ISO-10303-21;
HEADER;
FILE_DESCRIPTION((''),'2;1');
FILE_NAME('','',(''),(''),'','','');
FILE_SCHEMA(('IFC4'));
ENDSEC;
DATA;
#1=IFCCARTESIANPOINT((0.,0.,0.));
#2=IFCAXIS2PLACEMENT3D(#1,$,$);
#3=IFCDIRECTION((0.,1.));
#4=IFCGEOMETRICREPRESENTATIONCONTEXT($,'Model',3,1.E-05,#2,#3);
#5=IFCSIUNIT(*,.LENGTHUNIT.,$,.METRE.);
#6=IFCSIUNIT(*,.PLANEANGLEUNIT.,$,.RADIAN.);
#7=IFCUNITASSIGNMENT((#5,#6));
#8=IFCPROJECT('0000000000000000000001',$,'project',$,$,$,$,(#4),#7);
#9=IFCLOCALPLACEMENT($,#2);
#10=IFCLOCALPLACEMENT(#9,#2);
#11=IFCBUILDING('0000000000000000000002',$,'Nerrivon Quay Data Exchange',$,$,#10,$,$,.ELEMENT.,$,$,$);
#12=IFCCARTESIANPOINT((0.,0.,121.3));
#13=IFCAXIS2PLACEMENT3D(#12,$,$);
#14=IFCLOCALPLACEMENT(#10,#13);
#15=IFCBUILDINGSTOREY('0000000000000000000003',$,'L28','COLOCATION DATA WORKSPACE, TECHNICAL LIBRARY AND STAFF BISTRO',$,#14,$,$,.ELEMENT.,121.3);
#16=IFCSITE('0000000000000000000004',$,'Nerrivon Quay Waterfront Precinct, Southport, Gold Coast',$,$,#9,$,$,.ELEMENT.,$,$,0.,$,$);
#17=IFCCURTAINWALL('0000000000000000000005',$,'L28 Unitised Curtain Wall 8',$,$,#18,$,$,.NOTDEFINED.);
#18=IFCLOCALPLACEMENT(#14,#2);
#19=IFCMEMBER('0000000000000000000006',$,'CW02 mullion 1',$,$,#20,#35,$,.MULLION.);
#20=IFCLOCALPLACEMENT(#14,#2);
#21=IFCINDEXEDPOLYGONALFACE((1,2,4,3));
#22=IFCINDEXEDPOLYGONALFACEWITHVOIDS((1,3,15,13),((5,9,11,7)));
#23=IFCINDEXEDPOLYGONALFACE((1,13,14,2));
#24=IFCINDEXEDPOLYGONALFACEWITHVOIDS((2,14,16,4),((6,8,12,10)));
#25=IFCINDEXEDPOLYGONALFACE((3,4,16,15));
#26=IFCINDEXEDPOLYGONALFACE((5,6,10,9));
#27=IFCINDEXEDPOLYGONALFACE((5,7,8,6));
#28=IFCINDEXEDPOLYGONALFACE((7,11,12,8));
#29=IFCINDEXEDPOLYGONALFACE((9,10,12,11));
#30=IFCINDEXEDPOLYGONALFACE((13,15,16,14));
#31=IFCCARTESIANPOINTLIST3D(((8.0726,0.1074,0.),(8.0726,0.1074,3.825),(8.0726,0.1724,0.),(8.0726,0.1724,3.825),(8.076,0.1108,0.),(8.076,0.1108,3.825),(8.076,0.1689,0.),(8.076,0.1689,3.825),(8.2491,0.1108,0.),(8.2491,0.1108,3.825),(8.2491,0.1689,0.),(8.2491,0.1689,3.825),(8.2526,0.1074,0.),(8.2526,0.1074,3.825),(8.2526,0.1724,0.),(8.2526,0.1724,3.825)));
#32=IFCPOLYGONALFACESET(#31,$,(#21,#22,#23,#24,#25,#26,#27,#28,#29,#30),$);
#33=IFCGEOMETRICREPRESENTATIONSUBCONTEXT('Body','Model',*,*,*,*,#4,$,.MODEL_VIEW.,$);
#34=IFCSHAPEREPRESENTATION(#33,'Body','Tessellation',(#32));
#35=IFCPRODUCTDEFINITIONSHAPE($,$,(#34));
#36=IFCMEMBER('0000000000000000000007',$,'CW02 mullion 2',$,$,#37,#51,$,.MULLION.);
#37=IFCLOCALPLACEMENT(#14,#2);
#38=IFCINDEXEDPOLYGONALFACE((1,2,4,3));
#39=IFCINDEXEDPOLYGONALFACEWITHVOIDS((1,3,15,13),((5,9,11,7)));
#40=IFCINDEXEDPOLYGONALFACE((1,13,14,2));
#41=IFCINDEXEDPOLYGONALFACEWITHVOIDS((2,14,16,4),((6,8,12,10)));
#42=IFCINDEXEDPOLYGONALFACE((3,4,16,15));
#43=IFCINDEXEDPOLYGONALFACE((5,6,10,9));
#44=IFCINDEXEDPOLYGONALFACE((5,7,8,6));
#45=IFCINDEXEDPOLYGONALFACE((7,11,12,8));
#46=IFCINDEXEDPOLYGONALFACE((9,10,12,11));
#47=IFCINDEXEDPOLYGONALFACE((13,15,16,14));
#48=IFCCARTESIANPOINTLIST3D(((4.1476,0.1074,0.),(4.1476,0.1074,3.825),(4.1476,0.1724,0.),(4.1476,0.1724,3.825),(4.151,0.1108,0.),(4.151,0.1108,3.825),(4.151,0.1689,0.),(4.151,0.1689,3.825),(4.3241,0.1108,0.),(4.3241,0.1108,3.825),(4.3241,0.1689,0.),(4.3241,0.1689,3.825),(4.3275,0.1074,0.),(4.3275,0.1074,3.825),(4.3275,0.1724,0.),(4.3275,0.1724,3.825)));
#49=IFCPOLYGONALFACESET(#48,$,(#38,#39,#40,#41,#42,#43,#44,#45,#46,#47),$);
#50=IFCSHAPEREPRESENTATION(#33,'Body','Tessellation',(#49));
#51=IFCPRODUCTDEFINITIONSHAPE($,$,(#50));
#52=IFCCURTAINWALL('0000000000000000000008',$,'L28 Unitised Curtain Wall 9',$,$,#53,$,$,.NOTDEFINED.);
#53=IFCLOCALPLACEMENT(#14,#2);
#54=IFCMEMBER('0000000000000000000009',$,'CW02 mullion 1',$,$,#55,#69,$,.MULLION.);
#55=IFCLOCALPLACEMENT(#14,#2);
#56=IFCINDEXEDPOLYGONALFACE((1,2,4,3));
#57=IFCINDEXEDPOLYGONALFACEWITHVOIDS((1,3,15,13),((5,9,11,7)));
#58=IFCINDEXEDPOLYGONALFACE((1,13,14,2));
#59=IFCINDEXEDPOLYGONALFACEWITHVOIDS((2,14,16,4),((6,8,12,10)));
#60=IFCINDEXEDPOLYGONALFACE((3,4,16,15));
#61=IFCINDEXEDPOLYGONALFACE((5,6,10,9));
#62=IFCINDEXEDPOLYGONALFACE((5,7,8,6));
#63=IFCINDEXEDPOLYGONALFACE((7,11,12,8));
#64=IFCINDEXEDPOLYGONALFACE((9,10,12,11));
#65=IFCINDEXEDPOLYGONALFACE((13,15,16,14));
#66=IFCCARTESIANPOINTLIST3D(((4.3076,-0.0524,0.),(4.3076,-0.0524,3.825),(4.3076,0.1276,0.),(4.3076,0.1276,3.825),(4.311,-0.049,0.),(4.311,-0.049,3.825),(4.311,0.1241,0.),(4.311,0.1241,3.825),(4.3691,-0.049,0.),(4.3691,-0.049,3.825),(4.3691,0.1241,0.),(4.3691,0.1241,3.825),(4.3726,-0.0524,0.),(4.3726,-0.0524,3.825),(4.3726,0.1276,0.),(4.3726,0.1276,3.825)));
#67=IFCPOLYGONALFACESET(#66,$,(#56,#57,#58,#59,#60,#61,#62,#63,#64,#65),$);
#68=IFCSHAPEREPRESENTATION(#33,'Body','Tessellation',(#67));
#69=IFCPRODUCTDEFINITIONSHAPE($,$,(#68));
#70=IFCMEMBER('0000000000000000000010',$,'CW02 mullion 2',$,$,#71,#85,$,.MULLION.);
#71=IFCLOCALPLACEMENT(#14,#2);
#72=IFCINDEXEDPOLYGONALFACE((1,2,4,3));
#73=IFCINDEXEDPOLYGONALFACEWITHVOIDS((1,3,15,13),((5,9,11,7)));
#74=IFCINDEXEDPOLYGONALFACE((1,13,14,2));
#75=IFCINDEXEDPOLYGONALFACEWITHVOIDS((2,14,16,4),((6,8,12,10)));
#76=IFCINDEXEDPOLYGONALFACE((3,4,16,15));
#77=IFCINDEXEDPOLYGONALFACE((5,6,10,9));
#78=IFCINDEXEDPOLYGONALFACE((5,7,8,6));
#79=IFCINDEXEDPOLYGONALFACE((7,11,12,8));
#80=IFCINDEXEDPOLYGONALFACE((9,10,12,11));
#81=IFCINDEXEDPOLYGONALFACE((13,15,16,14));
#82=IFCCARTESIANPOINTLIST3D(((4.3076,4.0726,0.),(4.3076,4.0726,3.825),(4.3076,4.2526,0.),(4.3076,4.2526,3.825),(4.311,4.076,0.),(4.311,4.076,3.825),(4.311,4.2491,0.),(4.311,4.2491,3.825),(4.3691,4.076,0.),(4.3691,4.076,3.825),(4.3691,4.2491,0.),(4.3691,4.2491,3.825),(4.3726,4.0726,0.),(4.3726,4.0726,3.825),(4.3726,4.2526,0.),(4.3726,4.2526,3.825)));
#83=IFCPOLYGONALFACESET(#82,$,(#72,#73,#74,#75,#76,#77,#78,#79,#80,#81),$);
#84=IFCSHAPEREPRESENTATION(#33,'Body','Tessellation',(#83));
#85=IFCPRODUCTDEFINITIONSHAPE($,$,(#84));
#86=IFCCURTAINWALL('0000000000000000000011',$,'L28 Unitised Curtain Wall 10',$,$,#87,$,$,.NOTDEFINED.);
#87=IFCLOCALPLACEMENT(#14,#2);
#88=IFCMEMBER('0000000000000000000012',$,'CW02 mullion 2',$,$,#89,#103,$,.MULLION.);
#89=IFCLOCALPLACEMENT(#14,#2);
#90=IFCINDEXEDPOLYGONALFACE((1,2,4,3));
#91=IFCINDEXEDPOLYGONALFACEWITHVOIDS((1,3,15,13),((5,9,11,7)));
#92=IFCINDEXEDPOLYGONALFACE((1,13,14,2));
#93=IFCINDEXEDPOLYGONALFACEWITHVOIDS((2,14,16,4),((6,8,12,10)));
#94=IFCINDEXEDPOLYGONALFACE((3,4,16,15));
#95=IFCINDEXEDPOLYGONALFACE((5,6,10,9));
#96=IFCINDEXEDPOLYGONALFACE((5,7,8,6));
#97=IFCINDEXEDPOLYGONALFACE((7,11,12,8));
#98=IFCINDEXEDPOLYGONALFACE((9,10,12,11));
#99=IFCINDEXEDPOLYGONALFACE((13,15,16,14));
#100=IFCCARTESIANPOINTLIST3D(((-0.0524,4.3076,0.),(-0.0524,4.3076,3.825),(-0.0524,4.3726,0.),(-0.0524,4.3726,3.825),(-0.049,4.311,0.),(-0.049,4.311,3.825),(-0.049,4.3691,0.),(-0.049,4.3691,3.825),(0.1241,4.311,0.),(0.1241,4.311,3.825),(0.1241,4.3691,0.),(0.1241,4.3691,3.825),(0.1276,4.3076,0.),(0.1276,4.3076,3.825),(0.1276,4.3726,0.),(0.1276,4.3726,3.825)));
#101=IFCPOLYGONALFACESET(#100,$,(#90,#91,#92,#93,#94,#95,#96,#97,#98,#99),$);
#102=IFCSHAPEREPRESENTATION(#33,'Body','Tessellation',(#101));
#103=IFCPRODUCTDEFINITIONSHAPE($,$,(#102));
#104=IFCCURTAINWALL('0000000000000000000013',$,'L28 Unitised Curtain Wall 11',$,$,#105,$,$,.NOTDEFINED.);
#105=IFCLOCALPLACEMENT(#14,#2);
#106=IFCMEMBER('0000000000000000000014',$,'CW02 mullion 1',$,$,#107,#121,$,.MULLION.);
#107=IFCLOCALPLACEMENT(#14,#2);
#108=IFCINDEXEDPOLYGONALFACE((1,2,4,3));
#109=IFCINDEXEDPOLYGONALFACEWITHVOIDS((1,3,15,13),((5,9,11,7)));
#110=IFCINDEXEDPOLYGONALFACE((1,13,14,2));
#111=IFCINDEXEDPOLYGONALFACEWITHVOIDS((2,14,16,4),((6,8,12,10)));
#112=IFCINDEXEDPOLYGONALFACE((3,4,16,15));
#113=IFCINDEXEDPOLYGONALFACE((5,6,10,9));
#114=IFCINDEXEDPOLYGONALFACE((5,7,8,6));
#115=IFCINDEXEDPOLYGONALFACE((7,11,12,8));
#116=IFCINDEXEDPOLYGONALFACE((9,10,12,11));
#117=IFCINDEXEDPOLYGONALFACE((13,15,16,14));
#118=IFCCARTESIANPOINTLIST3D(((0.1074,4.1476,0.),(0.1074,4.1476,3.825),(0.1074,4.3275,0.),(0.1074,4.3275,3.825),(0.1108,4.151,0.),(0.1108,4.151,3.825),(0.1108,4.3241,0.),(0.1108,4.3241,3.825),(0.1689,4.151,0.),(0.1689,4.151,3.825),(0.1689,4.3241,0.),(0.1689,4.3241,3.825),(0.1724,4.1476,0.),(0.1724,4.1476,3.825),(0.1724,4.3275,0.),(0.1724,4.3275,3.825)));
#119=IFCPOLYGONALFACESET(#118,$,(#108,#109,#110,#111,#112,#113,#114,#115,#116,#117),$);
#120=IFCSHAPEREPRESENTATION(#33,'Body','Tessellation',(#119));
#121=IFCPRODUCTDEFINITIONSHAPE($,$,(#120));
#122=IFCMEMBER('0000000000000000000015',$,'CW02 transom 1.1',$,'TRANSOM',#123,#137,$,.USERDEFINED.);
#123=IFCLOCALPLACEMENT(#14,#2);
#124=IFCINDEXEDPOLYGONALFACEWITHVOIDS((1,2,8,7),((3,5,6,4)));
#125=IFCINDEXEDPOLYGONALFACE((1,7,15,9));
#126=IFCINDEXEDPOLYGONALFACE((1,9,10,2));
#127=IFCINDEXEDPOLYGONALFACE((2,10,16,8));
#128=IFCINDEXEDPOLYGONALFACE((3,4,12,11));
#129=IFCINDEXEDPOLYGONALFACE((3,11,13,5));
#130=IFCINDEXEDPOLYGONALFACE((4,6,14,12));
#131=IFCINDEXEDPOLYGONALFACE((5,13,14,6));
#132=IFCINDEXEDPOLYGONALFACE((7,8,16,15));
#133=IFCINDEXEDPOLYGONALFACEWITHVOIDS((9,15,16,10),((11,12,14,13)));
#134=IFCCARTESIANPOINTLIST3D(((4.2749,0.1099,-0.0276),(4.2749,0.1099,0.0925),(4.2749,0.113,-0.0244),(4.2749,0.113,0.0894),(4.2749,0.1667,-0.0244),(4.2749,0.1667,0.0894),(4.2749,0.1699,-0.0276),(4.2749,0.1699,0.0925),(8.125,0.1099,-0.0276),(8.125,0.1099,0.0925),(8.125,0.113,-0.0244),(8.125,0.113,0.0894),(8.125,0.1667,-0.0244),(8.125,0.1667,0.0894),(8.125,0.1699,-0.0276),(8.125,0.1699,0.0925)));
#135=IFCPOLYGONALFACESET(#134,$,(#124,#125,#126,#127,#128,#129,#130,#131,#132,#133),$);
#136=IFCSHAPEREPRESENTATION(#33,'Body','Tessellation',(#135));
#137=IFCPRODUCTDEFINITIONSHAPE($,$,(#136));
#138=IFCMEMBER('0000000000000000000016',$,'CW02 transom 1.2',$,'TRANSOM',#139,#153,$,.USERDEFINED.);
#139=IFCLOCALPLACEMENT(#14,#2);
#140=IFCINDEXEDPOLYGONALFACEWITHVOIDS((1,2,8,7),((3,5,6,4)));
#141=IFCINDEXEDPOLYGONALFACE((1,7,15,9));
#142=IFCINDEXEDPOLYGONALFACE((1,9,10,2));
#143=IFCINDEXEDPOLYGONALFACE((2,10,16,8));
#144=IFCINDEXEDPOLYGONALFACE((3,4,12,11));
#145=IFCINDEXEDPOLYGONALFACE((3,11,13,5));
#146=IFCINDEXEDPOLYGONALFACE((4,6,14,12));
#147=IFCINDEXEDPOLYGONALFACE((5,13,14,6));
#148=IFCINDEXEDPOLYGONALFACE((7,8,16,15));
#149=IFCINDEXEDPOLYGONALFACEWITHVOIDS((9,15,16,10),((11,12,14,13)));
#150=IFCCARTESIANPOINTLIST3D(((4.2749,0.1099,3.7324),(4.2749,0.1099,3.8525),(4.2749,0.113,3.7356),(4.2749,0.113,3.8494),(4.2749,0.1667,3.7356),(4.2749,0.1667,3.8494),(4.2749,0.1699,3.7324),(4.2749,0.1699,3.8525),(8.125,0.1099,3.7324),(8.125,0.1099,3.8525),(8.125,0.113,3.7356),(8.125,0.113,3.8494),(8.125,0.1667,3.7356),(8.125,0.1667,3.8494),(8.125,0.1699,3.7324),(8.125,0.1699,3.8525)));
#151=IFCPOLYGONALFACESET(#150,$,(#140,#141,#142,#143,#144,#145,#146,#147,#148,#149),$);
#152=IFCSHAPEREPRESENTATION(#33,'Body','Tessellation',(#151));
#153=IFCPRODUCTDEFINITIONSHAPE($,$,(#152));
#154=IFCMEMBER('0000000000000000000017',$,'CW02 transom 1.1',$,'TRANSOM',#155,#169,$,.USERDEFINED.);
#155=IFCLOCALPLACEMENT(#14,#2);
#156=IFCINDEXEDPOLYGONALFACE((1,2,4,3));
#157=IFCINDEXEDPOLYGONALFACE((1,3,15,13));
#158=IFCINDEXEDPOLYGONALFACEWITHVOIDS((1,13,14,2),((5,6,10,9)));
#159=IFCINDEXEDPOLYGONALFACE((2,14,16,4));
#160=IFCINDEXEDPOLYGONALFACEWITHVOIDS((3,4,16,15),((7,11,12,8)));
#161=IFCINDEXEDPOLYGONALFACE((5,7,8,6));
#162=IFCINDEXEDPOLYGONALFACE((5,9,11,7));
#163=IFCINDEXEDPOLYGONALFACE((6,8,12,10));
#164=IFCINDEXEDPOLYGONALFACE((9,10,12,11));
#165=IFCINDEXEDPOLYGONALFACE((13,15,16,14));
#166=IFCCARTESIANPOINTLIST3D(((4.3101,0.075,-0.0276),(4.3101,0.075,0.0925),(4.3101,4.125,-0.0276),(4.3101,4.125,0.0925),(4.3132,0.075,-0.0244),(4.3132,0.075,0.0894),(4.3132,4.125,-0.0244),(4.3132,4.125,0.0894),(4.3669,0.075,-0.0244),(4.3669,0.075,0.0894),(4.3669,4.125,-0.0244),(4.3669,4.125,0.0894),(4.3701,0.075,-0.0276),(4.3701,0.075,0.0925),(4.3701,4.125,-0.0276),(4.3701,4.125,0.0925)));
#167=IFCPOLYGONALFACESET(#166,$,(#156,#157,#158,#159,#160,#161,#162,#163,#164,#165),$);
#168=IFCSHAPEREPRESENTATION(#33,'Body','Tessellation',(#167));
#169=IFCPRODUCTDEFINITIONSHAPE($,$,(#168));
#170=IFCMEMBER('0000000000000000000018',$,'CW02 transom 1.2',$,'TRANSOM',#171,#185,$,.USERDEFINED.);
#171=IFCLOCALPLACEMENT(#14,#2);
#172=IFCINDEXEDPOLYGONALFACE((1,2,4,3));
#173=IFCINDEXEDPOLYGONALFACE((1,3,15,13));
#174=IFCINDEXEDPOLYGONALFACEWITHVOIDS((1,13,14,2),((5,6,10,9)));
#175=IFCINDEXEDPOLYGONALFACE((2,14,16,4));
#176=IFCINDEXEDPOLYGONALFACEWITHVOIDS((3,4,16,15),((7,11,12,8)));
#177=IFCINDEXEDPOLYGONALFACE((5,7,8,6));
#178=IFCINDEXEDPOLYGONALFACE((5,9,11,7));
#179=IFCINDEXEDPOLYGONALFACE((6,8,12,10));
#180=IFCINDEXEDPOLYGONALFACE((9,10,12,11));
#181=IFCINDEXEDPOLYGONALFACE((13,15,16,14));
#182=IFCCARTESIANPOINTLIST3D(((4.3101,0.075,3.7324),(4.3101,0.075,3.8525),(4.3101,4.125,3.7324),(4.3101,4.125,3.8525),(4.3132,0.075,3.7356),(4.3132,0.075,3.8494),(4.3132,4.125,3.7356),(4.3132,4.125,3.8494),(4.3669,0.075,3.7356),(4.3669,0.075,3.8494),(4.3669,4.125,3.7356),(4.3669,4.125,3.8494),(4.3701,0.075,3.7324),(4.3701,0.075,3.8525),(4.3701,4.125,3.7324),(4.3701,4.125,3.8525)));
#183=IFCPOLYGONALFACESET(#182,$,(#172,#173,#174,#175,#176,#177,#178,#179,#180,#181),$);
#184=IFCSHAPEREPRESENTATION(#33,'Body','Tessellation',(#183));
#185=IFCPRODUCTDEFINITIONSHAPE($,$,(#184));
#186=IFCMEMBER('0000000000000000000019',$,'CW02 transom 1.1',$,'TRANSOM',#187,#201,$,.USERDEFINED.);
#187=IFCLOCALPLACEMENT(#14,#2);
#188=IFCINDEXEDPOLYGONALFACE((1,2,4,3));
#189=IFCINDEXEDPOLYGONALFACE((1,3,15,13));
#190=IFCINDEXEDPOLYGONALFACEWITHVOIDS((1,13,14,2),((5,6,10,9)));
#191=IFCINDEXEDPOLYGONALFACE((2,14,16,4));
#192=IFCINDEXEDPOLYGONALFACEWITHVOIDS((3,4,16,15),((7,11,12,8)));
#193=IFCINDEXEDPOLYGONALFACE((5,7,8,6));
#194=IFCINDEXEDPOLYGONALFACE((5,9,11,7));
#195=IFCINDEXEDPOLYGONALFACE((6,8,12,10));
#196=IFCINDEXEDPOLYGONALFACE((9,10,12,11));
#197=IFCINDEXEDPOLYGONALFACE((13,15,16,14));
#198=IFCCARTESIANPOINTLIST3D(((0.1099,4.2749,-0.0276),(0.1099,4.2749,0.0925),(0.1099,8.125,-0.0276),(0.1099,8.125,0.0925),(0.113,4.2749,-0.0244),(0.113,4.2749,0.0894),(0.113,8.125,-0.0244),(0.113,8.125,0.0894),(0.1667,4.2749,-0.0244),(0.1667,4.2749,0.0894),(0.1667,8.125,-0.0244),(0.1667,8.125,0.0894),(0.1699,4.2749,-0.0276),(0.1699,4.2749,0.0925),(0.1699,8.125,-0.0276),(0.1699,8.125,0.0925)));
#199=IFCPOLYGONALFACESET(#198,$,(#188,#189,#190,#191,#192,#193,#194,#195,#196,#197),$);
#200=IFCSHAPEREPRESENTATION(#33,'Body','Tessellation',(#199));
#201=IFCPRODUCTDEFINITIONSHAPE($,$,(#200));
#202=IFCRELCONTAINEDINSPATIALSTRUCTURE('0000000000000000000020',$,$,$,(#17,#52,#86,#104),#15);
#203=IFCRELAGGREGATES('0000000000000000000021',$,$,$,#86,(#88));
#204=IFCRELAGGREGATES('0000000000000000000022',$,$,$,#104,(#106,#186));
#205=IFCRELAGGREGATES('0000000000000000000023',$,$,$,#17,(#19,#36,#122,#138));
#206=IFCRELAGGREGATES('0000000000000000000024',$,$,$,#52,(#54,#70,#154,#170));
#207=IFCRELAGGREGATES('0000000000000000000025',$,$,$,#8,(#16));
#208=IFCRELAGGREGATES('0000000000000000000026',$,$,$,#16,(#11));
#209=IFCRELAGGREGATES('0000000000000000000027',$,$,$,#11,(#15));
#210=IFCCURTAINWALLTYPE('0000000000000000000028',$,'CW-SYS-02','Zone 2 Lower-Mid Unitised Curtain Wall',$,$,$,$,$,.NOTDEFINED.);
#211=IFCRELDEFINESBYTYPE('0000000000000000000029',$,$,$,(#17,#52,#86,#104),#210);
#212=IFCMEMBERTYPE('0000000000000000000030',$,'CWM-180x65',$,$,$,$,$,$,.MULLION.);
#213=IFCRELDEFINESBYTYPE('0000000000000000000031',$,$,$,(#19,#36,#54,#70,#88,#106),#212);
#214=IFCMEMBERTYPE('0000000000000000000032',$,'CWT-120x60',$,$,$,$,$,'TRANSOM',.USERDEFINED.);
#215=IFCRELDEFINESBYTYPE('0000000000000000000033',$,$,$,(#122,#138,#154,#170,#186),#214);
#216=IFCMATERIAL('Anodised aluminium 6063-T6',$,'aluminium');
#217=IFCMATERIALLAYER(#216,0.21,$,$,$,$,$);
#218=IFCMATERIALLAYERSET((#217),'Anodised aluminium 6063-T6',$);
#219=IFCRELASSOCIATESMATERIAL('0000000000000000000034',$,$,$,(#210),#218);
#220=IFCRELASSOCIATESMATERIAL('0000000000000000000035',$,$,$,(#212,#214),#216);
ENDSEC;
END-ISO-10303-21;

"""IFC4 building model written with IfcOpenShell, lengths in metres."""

from ifc_helpers import new_model, si_unit, direction, frame, origin, origin_2d, place, context, subcontext, project, spatial, hollow_rectangle, extrude, material, layer, layer_set, material_profile, profile_set, type_object, element, aggregate, save


model = new_model("IFC4")

# Units and contexts
model_context = context("Model", 3, precision=1e-05, world=origin(), true_north=direction((0.0, 1.0)))
body_context = subcontext(model_context, "Body", "Model", "MODEL_VIEW")
ifc_project = project(units=[si_unit("LENGTHUNIT", "METRE"), si_unit("PLANEANGLEUNIT", "RADIAN")], contexts=[model_context])

# Site, building, storey
site_placement = place(None, origin())
site = spatial("IfcSite", under=ifc_project, at=site_placement, Name="Nerrivon Quay Waterfront Precinct, Southport, Gold Coast", CompositionType="ELEMENT", RefElevation=0.0)
building_placement = place(site_placement, origin())
building = spatial("IfcBuilding", under=site, at=building_placement, Name="Nerrivon Quay Data Exchange", CompositionType="ELEMENT")
storey_placement = place(building_placement, frame((0.0, 0.0, 121.3)))
storey = spatial("IfcBuildingStorey", under=building, at=storey_placement, Name="L28", Description="COLOCATION DATA WORKSPACE, TECHNICAL LIBRARY AND STAFF BISTRO", CompositionType="ELEMENT", Elevation=121.3)

# Curtain walls, members
ifc_material_1 = material(Name="Anodised aluminium 6063-T6", Category="aluminium")
ifc_layer_1 = layer(ifc_material_1, 0.21)
ifc_layer_set_1 = layer_set([ifc_layer_1], Name="Anodised aluminium 6063-T6")
curtain_wall_type = type_object("IfcCurtainWallType", Name="CW-SYS-02", Description="Zone 2 Lower-Mid Unitised Curtain Wall", PredefinedType="NOTDEFINED", material=ifc_layer_set_1)
curtain_wall_1_placement = place(storey_placement, origin())
curtain_wall_1 = element("IfcCurtainWall", 1, at=curtain_wall_1_placement, inside=storey, type_object=curtain_wall_type, Name="L28 Unitised Curtain Wall 8", PredefinedType="NOTDEFINED")
ifc_material_profile_1 = material_profile(ifc_material_1, hollow_rectangle(XDim=0.0649, YDim=0.1799, WallThickness=0.0034, at=origin_2d()), Name="ALU-MULL-180x65")
ifc_profile_set_1 = profile_set([ifc_material_profile_1], Name="Anodised aluminium 6063-T6")
member_type_1 = type_object("IfcMemberType", Name="CWM-180x65", PredefinedType="MULLION", material=ifc_profile_set_1)
member_1_placement = place(storey_placement, frame((8.1626, 0.1399, 0.0), z_axis=(0.0, 0.0, 1.0), x_axis=(0.0, -1.0, 0.0)))
member_1 = element("IfcMember", 2, at=member_1_placement, type_object=member_type_1, Name="CW02 mullion 1", PredefinedType="MULLION", context=body_context, shape_type="SweptSolid", body=[
    extrude(hollow_rectangle(XDim=0.0649, YDim=0.1799, WallThickness=0.0034, at=origin_2d()), origin(), (0.0, 0.0, 1.0), 3.825),
])
member_2_placement = place(storey_placement, frame((4.2375, 0.1399, 0.0), z_axis=(0.0, 0.0, 1.0), x_axis=(0.0, -1.0, 0.0)))
member_2 = element("IfcMember", 3, at=member_2_placement, type_object=member_type_1, Name="CW02 mullion 2", PredefinedType="MULLION", context=body_context, shape_type="SweptSolid", body=[
    extrude(hollow_rectangle(XDim=0.0649, YDim=0.1799, WallThickness=0.0034, at=origin_2d()), origin(), (0.0, 0.0, 1.0), 3.825),
])
curtain_wall_2_placement = place(storey_placement, origin())
curtain_wall_2 = element("IfcCurtainWall", 4, at=curtain_wall_2_placement, inside=storey, type_object=curtain_wall_type, Name="L28 Unitised Curtain Wall 9", PredefinedType="NOTDEFINED")
member_3_placement = place(storey_placement, frame((4.3401, 0.0376, 0.0), z_axis=(0.0, 0.0, 1.0), x_axis=(-1.0, 0.0, 0.0)))
member_3 = element("IfcMember", 5, at=member_3_placement, type_object=member_type_1, Name="CW02 mullion 1", PredefinedType="MULLION", context=body_context, shape_type="SweptSolid", body=[
    extrude(hollow_rectangle(XDim=0.0649, YDim=0.1799, WallThickness=0.0034, at=origin_2d()), origin(), (0.0, 0.0, 1.0), 3.825),
])
member_4_placement = place(storey_placement, frame((4.3401, 4.1626, 0.0), z_axis=(0.0, 0.0, 1.0), x_axis=(-1.0, 0.0, 0.0)))
member_4 = element("IfcMember", 6, at=member_4_placement, type_object=member_type_1, Name="CW02 mullion 2", PredefinedType="MULLION", context=body_context, shape_type="SweptSolid", body=[
    extrude(hollow_rectangle(XDim=0.0649, YDim=0.1799, WallThickness=0.0034, at=origin_2d()), origin(), (0.0, 0.0, 1.0), 3.825),
])

# Curtain walls, members
curtain_wall_3_placement = place(storey_placement, origin())
curtain_wall_3 = element("IfcCurtainWall", 7, at=curtain_wall_3_placement, inside=storey, type_object=curtain_wall_type, Name="L28 Unitised Curtain Wall 10", PredefinedType="NOTDEFINED")
member_5_placement = place(storey_placement, frame((0.0376, 4.3401, 0.0), z_axis=(0.0, 0.0, 1.0), x_axis=(0.0, -1.0, 0.0)))
member_5 = element("IfcMember", 8, at=member_5_placement, type_object=member_type_1, Name="CW02 mullion 2", PredefinedType="MULLION", context=body_context, shape_type="SweptSolid", body=[
    extrude(hollow_rectangle(XDim=0.0649, YDim=0.1799, WallThickness=0.0034, at=origin_2d()), origin(), (0.0, 0.0, 1.0), 3.825),
])
aggregate(curtain_wall_3, [member_5])
curtain_wall_4_placement = place(storey_placement, origin())
curtain_wall_4 = element("IfcCurtainWall", 9, at=curtain_wall_4_placement, inside=storey, type_object=curtain_wall_type, Name="L28 Unitised Curtain Wall 11", PredefinedType="NOTDEFINED")
member_6_placement = place(storey_placement, frame((0.1399, 4.2375, 0.0), z_axis=(0.0, 0.0, 1.0), x_axis=(-1.0, 0.0, 0.0)))
member_6 = element("IfcMember", 10, at=member_6_placement, type_object=member_type_1, Name="CW02 mullion 1", PredefinedType="MULLION", context=body_context, shape_type="SweptSolid", body=[
    extrude(hollow_rectangle(XDim=0.0649, YDim=0.1799, WallThickness=0.0034, at=origin_2d()), origin(), (0.0, 0.0, 1.0), 3.825),
])

# Members
ifc_material_profile_2 = material_profile(ifc_material_1, hollow_rectangle(XDim=0.0601, YDim=0.1201, WallThickness=0.0032, at=origin_2d()), Name="ALU-TRAN-120x60")
ifc_profile_set_2 = profile_set([ifc_material_profile_2], Name="Anodised aluminium 6063-T6")
member_type_2 = type_object("IfcMemberType", Name="CWT-120x60", ElementType="TRANSOM", PredefinedType="USERDEFINED", material=ifc_profile_set_2)
member_7_placement = place(storey_placement, frame((8.125, 0.1399, 0.0325), z_axis=(-1.0, 0.0, 0.0), x_axis=(0.0, -1.0, 0.0)))
member_7 = element("IfcMember", 11, at=member_7_placement, type_object=member_type_2, Name="CW02 transom 1.1", ObjectType="TRANSOM", PredefinedType="USERDEFINED", context=body_context, shape_type="SweptSolid", body=[
    extrude(hollow_rectangle(XDim=0.0601, YDim=0.1201, WallThickness=0.0032, at=origin_2d()), origin(), (0.0, 0.0, 1.0), 3.8501),
])
member_8_placement = place(storey_placement, frame((8.125, 0.1399, 3.7925), z_axis=(-1.0, 0.0, 0.0), x_axis=(0.0, -1.0, 0.0)))
member_8 = element("IfcMember", 12, at=member_8_placement, type_object=member_type_2, Name="CW02 transom 1.2", ObjectType="TRANSOM", PredefinedType="USERDEFINED", context=body_context, shape_type="SweptSolid", body=[
    extrude(hollow_rectangle(XDim=0.0601, YDim=0.1201, WallThickness=0.0032, at=origin_2d()), origin(), (0.0, 0.0, 1.0), 3.8501),
])
member_9_placement = place(storey_placement, frame((4.3401, 0.075, 0.0325), z_axis=(0.0, 1.0, 0.0), x_axis=(-1.0, 0.0, 0.0)))
member_9 = element("IfcMember", 13, at=member_9_placement, type_object=member_type_2, Name="CW02 transom 1.1", ObjectType="TRANSOM", PredefinedType="USERDEFINED", context=body_context, shape_type="SweptSolid", body=[
    extrude(hollow_rectangle(XDim=0.0601, YDim=0.1201, WallThickness=0.0032, at=origin_2d()), origin(), (0.0, 0.0, 1.0), 4.05),
])
member_10_placement = place(storey_placement, frame((4.3401, 0.075, 3.7925), z_axis=(0.0, 1.0, 0.0), x_axis=(-1.0, 0.0, 0.0)))
member_10 = element("IfcMember", 14, at=member_10_placement, type_object=member_type_2, Name="CW02 transom 1.2", ObjectType="TRANSOM", PredefinedType="USERDEFINED", context=body_context, shape_type="SweptSolid", body=[
    extrude(hollow_rectangle(XDim=0.0601, YDim=0.1201, WallThickness=0.0032, at=origin_2d()), origin(), (0.0, 0.0, 1.0), 4.05),
])
member_11_placement = place(storey_placement, frame((0.1399, 4.2749, 0.0325), z_axis=(0.0, 1.0, 0.0), x_axis=(-1.0, 0.0, 0.0)))
member_11 = element("IfcMember", 15, at=member_11_placement, type_object=member_type_2, Name="CW02 transom 1.1", ObjectType="TRANSOM", PredefinedType="USERDEFINED", context=body_context, shape_type="SweptSolid", body=[
    extrude(hollow_rectangle(XDim=0.0601, YDim=0.1201, WallThickness=0.0032, at=origin_2d()), origin(), (0.0, 0.0, 1.0), 3.8501),
])
aggregate(curtain_wall_4, [member_6, member_11])

aggregate(curtain_wall_1, [member_1, member_2, member_7, member_8])
aggregate(curtain_wall_2, [member_3, member_4, member_9, member_10])

save(model, "model.ifc")
